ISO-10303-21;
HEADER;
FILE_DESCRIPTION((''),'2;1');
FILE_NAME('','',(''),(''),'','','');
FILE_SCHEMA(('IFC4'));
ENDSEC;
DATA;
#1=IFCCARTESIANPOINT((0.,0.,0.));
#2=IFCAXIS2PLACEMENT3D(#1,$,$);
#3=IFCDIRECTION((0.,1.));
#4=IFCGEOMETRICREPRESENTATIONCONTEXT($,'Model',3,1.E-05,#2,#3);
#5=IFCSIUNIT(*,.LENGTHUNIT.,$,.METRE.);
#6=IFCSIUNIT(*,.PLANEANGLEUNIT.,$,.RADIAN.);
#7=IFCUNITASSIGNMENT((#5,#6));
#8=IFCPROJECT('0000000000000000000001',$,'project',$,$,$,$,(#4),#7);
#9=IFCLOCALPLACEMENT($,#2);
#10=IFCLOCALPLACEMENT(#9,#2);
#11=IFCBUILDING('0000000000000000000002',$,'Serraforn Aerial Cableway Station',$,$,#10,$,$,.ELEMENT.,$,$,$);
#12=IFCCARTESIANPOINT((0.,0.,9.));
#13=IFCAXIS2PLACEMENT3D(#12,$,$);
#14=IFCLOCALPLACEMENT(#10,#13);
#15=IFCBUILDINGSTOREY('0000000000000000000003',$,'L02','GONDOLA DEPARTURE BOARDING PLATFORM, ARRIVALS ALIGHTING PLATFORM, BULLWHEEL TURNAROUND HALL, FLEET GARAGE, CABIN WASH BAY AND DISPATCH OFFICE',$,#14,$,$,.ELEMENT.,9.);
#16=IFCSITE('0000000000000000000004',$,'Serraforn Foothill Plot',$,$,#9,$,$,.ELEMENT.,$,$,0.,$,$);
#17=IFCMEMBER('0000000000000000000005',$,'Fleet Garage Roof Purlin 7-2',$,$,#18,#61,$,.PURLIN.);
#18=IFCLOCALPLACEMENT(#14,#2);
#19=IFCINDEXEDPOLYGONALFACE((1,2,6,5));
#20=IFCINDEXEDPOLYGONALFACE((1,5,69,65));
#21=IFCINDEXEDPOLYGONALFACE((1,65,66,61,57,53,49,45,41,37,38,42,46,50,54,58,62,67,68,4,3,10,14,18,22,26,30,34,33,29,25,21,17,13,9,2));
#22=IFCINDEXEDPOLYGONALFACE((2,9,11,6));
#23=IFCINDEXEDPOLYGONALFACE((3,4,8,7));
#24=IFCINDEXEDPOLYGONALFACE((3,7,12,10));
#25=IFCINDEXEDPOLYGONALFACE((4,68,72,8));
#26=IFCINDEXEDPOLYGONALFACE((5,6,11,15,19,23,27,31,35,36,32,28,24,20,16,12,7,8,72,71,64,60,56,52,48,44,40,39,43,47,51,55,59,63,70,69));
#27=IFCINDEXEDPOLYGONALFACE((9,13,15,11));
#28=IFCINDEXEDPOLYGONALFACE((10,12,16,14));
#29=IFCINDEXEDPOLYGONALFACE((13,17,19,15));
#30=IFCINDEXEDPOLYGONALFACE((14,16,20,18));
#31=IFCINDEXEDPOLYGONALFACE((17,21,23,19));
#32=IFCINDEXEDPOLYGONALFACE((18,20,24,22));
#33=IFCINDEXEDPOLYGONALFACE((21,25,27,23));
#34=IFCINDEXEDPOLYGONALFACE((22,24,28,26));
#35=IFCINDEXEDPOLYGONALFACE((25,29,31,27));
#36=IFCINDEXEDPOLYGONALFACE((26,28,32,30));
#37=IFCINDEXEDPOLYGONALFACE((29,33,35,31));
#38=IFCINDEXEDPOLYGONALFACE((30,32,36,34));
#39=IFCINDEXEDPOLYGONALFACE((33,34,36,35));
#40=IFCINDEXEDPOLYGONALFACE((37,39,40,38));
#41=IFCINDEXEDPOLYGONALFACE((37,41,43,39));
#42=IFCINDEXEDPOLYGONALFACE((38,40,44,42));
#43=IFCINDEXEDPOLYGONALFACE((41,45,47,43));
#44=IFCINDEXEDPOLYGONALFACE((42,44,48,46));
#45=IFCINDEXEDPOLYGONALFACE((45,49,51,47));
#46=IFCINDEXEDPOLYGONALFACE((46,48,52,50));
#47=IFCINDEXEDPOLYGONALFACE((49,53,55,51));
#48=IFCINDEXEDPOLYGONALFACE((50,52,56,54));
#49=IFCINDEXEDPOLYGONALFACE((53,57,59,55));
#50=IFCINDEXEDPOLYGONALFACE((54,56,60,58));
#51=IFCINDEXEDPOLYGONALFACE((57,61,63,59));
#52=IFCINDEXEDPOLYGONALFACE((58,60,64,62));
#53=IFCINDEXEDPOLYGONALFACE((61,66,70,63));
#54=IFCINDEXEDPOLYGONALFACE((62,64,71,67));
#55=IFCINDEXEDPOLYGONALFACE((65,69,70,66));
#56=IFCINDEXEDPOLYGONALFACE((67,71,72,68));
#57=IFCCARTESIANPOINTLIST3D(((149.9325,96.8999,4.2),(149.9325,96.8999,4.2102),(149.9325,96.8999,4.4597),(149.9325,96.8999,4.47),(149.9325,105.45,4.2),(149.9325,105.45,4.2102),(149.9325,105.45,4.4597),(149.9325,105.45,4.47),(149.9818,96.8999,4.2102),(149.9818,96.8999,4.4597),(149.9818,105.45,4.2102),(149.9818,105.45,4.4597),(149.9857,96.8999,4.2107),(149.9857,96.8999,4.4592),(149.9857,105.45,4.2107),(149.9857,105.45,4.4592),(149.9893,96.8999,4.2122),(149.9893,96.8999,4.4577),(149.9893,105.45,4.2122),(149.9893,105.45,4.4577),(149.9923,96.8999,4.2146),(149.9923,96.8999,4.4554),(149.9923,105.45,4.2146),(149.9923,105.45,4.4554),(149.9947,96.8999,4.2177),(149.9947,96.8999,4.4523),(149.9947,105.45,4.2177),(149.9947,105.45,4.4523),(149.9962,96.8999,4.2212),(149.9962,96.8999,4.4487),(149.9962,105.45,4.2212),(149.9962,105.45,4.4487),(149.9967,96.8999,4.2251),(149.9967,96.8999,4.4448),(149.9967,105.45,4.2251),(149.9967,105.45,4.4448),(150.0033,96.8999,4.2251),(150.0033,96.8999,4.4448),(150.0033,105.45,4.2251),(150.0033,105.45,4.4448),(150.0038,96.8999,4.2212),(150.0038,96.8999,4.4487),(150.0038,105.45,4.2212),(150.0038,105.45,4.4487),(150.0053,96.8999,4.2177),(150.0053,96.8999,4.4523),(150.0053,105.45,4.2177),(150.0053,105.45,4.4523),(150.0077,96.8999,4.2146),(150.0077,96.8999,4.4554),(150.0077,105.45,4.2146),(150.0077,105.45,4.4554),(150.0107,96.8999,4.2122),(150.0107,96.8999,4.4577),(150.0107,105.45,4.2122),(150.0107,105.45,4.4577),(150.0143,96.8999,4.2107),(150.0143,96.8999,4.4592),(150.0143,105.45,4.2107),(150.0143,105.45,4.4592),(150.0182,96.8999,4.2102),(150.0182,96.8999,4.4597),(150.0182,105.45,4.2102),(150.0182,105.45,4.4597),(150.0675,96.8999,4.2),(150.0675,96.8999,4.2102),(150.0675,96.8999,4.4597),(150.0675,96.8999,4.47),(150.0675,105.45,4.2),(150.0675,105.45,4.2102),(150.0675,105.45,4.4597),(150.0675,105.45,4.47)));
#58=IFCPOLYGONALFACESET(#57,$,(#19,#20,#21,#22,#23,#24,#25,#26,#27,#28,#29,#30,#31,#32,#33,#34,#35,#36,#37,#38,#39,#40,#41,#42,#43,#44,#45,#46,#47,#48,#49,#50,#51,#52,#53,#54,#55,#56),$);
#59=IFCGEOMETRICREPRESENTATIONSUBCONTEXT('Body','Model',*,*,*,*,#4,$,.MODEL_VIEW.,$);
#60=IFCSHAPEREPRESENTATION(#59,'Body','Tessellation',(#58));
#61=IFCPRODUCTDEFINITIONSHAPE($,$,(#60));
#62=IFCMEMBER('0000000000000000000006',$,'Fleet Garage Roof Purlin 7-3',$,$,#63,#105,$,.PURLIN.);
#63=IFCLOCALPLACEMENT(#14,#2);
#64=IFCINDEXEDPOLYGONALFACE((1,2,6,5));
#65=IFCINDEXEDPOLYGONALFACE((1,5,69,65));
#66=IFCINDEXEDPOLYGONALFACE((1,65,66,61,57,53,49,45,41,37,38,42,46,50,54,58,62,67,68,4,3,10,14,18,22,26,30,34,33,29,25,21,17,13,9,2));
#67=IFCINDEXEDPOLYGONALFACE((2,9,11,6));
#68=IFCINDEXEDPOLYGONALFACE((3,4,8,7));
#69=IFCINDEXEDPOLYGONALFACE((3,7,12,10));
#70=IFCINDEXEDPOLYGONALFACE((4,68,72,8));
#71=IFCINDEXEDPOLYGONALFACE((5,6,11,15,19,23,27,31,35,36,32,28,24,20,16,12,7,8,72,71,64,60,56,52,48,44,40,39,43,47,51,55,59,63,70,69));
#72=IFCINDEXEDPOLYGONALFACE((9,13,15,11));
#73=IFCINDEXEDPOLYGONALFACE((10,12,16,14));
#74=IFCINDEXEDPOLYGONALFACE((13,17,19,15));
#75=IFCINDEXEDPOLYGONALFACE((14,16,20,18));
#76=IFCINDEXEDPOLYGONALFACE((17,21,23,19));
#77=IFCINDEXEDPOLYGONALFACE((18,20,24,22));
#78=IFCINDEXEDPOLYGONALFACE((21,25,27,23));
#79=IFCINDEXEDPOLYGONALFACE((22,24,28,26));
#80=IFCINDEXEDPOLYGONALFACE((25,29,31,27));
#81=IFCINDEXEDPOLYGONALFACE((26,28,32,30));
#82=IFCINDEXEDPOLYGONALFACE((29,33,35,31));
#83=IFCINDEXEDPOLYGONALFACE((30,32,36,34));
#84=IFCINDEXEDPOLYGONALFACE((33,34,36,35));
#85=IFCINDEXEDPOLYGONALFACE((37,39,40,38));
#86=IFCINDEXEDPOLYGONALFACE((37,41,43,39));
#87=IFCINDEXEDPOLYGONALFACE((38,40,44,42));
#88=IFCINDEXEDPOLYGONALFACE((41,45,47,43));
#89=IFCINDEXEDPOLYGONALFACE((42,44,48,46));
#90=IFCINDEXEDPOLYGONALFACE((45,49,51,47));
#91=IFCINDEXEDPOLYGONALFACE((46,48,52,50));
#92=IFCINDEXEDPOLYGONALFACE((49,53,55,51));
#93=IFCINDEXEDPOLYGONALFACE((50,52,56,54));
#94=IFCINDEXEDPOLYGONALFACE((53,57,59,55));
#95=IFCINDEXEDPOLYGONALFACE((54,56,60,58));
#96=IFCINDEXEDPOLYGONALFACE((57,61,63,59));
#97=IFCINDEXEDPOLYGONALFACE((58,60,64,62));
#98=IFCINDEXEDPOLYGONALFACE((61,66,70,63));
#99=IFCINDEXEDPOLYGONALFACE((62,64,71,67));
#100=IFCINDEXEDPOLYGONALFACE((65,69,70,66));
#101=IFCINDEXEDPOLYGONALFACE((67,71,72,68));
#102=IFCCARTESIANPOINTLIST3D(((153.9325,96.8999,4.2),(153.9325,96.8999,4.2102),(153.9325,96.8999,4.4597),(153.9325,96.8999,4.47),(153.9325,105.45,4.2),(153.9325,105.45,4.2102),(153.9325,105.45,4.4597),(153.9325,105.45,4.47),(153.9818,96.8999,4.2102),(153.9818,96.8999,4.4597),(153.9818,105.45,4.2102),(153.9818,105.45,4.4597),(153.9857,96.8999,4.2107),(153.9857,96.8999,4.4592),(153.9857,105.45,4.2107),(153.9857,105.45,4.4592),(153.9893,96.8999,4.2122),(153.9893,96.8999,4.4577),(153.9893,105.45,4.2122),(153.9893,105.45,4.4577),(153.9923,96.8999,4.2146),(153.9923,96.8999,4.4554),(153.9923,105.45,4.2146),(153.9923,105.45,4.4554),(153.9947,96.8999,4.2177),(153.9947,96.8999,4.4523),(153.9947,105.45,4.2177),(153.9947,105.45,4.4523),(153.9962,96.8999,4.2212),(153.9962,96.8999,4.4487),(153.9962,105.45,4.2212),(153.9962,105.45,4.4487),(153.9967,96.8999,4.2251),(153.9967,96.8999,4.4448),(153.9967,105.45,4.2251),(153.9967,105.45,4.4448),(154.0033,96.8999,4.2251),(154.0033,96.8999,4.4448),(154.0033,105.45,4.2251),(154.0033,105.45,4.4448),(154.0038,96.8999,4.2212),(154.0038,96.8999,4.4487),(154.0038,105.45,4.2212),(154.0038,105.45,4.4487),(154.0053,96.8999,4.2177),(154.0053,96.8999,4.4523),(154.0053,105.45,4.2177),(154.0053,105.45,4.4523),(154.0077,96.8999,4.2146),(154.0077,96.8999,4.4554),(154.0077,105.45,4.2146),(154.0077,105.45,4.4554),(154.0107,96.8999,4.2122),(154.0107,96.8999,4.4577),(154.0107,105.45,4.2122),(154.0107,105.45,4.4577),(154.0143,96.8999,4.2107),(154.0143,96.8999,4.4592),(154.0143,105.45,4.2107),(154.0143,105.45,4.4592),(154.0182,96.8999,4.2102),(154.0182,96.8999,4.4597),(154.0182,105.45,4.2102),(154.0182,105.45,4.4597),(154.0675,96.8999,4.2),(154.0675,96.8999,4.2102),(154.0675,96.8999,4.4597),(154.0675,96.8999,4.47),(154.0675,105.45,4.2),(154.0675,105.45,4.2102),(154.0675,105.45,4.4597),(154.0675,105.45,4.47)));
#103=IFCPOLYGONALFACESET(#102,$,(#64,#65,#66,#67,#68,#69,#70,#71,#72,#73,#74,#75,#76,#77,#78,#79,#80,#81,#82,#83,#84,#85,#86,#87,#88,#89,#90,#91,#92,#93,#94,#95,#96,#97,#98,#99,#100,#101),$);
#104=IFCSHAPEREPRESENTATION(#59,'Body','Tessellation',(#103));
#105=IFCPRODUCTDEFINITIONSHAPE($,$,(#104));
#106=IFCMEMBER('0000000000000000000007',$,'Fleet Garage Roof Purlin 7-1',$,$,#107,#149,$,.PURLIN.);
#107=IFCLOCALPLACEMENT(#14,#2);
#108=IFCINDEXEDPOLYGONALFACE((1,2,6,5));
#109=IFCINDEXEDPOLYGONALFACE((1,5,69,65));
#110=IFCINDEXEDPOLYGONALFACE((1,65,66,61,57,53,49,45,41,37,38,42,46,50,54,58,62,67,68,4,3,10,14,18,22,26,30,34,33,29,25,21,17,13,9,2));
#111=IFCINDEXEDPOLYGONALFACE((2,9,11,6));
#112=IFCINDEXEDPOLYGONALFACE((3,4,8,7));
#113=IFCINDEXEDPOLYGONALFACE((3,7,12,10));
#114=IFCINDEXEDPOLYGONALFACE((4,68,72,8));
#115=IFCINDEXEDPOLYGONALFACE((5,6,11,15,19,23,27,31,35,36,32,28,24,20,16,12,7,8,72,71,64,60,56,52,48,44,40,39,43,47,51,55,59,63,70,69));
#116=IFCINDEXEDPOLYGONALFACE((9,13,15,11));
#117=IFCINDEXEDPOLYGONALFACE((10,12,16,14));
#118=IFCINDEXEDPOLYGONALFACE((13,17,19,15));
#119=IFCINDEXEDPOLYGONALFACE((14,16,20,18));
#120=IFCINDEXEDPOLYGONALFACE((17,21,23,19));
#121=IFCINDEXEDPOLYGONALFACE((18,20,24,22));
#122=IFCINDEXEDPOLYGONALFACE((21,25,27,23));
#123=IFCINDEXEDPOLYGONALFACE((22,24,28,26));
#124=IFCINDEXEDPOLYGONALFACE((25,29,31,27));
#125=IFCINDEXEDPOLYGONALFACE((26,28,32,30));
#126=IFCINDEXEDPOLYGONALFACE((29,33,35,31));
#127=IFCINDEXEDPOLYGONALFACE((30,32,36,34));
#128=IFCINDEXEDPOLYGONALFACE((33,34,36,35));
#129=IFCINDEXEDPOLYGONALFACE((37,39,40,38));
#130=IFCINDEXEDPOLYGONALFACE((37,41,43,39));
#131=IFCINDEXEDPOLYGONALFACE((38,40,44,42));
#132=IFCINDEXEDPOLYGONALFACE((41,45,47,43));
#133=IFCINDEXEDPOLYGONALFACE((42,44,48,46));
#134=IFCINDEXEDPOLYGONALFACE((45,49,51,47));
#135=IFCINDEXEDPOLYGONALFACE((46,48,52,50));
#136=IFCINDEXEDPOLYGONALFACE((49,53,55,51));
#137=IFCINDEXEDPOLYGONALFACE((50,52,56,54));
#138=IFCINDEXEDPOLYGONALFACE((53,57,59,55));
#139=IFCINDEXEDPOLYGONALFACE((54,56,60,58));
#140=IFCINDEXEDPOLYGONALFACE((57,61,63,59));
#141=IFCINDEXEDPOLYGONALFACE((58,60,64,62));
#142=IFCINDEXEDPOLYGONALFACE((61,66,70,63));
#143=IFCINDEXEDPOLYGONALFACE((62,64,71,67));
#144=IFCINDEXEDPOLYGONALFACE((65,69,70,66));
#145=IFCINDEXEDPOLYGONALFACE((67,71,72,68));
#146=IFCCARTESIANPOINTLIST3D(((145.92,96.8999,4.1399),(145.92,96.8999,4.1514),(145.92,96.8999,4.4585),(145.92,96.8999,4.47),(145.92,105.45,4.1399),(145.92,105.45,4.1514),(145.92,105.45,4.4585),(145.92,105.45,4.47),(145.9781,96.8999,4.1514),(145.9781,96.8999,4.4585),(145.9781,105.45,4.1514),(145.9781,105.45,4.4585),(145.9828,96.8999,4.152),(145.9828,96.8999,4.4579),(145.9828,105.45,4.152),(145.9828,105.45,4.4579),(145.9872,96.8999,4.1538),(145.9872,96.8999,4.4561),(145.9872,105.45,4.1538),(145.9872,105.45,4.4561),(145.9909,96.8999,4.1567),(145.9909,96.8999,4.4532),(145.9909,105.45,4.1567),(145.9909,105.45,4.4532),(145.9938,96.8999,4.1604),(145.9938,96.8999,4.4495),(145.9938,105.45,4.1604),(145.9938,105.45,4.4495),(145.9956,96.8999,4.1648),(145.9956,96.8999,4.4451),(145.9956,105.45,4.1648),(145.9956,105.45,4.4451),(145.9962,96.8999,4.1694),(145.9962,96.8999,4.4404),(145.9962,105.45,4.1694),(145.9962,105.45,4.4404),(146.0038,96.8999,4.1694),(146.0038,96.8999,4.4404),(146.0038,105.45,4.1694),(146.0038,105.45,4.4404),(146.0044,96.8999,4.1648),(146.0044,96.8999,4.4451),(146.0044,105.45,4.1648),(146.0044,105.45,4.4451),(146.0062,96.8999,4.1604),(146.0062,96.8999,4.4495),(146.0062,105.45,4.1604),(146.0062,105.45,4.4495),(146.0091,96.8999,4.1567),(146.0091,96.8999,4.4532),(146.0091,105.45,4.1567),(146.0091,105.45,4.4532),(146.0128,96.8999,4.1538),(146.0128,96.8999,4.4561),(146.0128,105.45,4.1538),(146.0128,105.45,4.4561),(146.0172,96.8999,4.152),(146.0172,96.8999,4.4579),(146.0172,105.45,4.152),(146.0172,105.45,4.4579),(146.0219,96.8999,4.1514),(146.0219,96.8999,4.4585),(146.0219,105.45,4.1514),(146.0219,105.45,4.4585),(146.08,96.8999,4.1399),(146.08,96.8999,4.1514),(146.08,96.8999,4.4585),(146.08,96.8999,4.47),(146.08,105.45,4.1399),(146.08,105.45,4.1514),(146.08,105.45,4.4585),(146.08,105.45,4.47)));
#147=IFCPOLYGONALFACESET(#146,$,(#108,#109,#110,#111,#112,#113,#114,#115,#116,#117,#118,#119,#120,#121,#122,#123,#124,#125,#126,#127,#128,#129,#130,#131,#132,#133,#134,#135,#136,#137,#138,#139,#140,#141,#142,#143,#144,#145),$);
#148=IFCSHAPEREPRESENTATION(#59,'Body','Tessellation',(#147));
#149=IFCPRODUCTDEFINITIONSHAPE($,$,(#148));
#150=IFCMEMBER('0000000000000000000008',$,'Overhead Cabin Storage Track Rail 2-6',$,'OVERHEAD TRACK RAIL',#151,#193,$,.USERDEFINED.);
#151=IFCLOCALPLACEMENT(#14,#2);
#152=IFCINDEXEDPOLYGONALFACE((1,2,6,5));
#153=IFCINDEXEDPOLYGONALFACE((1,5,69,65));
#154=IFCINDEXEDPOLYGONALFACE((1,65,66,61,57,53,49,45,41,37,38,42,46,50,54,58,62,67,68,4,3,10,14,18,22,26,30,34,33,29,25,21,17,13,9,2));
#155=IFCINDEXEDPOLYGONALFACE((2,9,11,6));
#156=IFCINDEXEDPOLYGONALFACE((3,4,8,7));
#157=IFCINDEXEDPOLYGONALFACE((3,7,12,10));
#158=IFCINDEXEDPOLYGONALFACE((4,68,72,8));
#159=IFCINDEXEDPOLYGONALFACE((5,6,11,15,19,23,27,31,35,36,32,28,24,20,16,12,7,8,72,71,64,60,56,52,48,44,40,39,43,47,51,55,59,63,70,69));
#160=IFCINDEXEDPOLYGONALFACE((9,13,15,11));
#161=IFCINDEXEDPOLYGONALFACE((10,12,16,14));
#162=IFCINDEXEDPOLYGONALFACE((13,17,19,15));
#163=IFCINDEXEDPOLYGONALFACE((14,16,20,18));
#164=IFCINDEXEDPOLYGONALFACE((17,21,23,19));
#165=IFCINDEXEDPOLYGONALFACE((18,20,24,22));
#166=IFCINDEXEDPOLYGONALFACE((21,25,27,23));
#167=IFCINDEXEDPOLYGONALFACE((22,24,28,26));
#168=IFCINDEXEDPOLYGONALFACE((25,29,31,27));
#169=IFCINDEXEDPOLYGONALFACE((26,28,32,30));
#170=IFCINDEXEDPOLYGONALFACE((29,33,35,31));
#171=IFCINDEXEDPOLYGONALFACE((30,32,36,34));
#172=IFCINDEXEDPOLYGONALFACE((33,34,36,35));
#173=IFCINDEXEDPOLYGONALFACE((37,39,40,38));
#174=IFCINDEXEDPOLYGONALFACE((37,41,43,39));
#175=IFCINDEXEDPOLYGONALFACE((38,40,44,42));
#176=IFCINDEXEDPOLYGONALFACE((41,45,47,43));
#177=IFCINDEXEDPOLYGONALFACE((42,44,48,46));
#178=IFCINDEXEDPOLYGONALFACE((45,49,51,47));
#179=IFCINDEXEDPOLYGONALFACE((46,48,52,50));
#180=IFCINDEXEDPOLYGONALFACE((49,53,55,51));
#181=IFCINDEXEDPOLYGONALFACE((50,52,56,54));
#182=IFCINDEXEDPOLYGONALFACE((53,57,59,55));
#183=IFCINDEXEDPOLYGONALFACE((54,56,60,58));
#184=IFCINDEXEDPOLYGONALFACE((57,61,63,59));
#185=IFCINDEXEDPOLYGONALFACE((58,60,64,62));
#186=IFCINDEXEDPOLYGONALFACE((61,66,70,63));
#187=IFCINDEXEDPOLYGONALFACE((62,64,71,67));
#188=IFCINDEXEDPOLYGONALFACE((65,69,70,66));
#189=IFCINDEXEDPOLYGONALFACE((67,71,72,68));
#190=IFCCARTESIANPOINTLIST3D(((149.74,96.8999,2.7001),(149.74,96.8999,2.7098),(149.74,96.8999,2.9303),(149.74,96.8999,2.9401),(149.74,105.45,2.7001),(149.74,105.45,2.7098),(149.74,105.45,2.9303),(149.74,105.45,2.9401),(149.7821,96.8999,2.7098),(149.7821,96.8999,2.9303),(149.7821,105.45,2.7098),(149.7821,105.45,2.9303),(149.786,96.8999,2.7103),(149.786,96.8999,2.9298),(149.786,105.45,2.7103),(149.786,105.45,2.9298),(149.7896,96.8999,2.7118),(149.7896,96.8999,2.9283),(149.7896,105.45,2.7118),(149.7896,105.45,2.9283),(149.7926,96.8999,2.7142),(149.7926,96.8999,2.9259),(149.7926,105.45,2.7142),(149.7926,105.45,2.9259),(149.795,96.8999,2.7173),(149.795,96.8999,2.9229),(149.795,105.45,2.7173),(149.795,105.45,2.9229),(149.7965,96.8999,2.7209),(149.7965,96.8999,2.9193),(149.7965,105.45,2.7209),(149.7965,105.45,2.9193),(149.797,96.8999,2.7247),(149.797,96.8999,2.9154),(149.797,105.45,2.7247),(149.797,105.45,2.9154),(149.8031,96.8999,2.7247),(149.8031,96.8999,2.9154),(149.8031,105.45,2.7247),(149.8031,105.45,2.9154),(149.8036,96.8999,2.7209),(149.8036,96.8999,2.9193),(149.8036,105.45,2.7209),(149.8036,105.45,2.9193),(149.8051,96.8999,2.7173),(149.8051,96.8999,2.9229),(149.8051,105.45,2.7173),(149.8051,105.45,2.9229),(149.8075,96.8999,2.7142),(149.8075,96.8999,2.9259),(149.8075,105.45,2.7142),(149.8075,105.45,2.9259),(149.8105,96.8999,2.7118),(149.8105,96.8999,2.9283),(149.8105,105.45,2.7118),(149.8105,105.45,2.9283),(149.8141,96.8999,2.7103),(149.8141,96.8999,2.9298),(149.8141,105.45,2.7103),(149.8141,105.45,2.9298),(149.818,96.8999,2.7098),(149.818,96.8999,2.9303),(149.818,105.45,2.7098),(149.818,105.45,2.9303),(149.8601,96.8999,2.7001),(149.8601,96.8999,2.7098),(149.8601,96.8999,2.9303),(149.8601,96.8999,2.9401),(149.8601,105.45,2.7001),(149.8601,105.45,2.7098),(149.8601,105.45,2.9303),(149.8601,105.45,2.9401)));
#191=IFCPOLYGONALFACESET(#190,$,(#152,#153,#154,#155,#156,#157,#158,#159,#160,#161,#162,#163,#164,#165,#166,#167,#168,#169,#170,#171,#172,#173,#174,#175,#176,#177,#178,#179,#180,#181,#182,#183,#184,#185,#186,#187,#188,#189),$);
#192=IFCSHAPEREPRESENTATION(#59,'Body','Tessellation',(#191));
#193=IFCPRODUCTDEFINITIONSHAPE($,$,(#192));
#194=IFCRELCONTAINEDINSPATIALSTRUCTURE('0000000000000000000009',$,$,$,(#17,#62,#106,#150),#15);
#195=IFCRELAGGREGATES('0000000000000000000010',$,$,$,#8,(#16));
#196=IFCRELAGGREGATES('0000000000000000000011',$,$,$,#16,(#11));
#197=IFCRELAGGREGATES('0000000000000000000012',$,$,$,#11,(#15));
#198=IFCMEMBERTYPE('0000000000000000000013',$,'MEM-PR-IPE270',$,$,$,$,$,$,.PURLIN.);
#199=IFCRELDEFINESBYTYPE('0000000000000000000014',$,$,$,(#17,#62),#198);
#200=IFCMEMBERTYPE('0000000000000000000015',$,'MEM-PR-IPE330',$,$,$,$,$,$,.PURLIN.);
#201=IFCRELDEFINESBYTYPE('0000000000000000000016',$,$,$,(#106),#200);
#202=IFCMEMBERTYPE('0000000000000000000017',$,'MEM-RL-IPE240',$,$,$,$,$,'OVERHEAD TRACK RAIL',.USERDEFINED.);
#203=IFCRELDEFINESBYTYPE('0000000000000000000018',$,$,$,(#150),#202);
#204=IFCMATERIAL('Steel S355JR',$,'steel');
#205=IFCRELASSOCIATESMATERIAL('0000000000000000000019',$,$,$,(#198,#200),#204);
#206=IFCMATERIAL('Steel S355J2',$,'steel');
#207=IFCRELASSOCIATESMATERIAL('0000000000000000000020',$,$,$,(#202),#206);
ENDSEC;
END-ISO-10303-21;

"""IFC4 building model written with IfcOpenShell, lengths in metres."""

from ifc_helpers import new_model, si_unit, direction, frame, origin, origin_2d, place, context, subcontext, project, spatial, i_section, extrude, material, material_profile, profile_set, type_object, element, save


model = new_model("IFC4")

# Units and contexts
model_context = context("Model", 3, precision=1e-05, world=origin(), true_north=direction((0.0, 1.0)))
body_context = subcontext(model_context, "Body", "Model", "MODEL_VIEW")
ifc_project = project(units=[si_unit("LENGTHUNIT", "METRE"), si_unit("PLANEANGLEUNIT", "RADIAN")], contexts=[model_context])

# Site, building, storey
site_placement = place(None, origin())
site = spatial("IfcSite", under=ifc_project, at=site_placement, Name="Serraforn Foothill Plot", CompositionType="ELEMENT", RefElevation=0.0)
building_placement = place(site_placement, origin())
building = spatial("IfcBuilding", under=site, at=building_placement, Name="Serraforn Aerial Cableway Station", CompositionType="ELEMENT")
storey_placement = place(building_placement, frame((0.0, 0.0, 9.0)))
storey = spatial("IfcBuildingStorey", under=building, at=storey_placement, Name="L02", Description="GONDOLA DEPARTURE BOARDING PLATFORM, ARRIVALS ALIGHTING PLATFORM, BULLWHEEL TURNAROUND HALL, FLEET GARAGE, CABIN WASH BAY AND DISPATCH OFFICE", CompositionType="ELEMENT", Elevation=9.0)

# Members
ifc_material_1 = material(Name="Steel S355J2", Category="steel")
ifc_material_2 = material(Name="Steel S355JR", Category="steel")
ifc_material_profile_1 = material_profile(ifc_material_2, i_section(OverallWidth=0.135, OverallDepth=0.27, WebThickness=0.0066, FlangeThickness=0.0103, FilletRadius=0.0149, at=origin_2d()), Name="IPE 270")
ifc_profile_set_1 = profile_set([ifc_material_profile_1], Name="Steel S355JR")
member_type_1 = type_object("IfcMemberType", Name="MEM-PR-IPE270", PredefinedType="PURLIN", material=ifc_profile_set_1)
for number, where, z_axis, x_axis, name in (
    (1, (150.0, 96.8999, 4.335), (0.0, 1.0, 0.0), (-1.0, 0.0, 0.0), "Fleet Garage Roof Purlin 7-2"),
    (2, (154.0, 96.8999, 4.335), (0.0, 1.0, 0.0), (-1.0, 0.0, 0.0), "Fleet Garage Roof Purlin 7-3"),
):
    element("IfcMember", number, at=place(storey_placement, frame(where, z_axis=z_axis, x_axis=x_axis)), inside=storey, type_object=member_type_1, Name=name, PredefinedType="PURLIN", context=body_context, shape_type="SweptSolid", body=[
        extrude(i_section(OverallWidth=0.135, OverallDepth=0.27, WebThickness=0.0066, FlangeThickness=0.0103, FilletRadius=0.0149, at=origin_2d()), origin(), (0.0, 0.0, 1.0), 8.55),
    ])
ifc_material_profile_2 = material_profile(ifc_material_2, i_section(OverallWidth=0.1599, OverallDepth=0.3301, WebThickness=0.0076, FlangeThickness=0.0115, FilletRadius=0.0181, at=origin_2d()), Name="IPE 330")
ifc_profile_set_2 = profile_set([ifc_material_profile_2], Name="Steel S355JR")
member_type_2 = type_object("IfcMemberType", Name="MEM-PR-IPE330", PredefinedType="PURLIN", material=ifc_profile_set_2)
member_1_placement = place(storey_placement, frame((146.0, 96.8999, 4.3049), z_axis=(0.0, 1.0, 0.0), x_axis=(-1.0, 0.0, 0.0)))
element("IfcMember", 3, at=member_1_placement, inside=storey, type_object=member_type_2, Name="Fleet Garage Roof Purlin 7-1", PredefinedType="PURLIN", context=body_context, shape_type="SweptSolid", body=[
    extrude(i_section(OverallWidth=0.1599, OverallDepth=0.3301, WebThickness=0.0076, FlangeThickness=0.0115, FilletRadius=0.0181, at=origin_2d()), origin(), (0.0, 0.0, 1.0), 8.55),
])
ifc_material_profile_3 = material_profile(ifc_material_1, i_section(OverallWidth=0.1201, OverallDepth=0.24, WebThickness=0.0061, FlangeThickness=0.0098, FilletRadius=0.0149, at=origin_2d()), Name="IPE 240")
ifc_profile_set_3 = profile_set([ifc_material_profile_3], Name="Steel S355J2")
member_type_3 = type_object("IfcMemberType", Name="MEM-RL-IPE240", ElementType="OVERHEAD TRACK RAIL", PredefinedType="USERDEFINED", material=ifc_profile_set_3)
for number, where, z_axis, x_axis, name in (
    (4, (149.8, 96.8999, 2.8201), (0.0, 1.0, 0.0), (-1.0, 0.0, 0.0), "Overhead Cabin Storage Track Rail 2-6"),
):
    element("IfcMember", number, at=place(storey_placement, frame(where, z_axis=z_axis, x_axis=x_axis)), inside=storey, type_object=member_type_3, Name=name, ObjectType="OVERHEAD TRACK RAIL", PredefinedType="USERDEFINED", context=body_context, shape_type="SweptSolid", body=[
        extrude(i_section(OverallWidth=0.1201, OverallDepth=0.24, WebThickness=0.0061, FlangeThickness=0.0098, FilletRadius=0.0149, at=origin_2d()), origin(), (0.0, 0.0, 1.0), 8.55),
    ])

save(model, "model.ifc")
